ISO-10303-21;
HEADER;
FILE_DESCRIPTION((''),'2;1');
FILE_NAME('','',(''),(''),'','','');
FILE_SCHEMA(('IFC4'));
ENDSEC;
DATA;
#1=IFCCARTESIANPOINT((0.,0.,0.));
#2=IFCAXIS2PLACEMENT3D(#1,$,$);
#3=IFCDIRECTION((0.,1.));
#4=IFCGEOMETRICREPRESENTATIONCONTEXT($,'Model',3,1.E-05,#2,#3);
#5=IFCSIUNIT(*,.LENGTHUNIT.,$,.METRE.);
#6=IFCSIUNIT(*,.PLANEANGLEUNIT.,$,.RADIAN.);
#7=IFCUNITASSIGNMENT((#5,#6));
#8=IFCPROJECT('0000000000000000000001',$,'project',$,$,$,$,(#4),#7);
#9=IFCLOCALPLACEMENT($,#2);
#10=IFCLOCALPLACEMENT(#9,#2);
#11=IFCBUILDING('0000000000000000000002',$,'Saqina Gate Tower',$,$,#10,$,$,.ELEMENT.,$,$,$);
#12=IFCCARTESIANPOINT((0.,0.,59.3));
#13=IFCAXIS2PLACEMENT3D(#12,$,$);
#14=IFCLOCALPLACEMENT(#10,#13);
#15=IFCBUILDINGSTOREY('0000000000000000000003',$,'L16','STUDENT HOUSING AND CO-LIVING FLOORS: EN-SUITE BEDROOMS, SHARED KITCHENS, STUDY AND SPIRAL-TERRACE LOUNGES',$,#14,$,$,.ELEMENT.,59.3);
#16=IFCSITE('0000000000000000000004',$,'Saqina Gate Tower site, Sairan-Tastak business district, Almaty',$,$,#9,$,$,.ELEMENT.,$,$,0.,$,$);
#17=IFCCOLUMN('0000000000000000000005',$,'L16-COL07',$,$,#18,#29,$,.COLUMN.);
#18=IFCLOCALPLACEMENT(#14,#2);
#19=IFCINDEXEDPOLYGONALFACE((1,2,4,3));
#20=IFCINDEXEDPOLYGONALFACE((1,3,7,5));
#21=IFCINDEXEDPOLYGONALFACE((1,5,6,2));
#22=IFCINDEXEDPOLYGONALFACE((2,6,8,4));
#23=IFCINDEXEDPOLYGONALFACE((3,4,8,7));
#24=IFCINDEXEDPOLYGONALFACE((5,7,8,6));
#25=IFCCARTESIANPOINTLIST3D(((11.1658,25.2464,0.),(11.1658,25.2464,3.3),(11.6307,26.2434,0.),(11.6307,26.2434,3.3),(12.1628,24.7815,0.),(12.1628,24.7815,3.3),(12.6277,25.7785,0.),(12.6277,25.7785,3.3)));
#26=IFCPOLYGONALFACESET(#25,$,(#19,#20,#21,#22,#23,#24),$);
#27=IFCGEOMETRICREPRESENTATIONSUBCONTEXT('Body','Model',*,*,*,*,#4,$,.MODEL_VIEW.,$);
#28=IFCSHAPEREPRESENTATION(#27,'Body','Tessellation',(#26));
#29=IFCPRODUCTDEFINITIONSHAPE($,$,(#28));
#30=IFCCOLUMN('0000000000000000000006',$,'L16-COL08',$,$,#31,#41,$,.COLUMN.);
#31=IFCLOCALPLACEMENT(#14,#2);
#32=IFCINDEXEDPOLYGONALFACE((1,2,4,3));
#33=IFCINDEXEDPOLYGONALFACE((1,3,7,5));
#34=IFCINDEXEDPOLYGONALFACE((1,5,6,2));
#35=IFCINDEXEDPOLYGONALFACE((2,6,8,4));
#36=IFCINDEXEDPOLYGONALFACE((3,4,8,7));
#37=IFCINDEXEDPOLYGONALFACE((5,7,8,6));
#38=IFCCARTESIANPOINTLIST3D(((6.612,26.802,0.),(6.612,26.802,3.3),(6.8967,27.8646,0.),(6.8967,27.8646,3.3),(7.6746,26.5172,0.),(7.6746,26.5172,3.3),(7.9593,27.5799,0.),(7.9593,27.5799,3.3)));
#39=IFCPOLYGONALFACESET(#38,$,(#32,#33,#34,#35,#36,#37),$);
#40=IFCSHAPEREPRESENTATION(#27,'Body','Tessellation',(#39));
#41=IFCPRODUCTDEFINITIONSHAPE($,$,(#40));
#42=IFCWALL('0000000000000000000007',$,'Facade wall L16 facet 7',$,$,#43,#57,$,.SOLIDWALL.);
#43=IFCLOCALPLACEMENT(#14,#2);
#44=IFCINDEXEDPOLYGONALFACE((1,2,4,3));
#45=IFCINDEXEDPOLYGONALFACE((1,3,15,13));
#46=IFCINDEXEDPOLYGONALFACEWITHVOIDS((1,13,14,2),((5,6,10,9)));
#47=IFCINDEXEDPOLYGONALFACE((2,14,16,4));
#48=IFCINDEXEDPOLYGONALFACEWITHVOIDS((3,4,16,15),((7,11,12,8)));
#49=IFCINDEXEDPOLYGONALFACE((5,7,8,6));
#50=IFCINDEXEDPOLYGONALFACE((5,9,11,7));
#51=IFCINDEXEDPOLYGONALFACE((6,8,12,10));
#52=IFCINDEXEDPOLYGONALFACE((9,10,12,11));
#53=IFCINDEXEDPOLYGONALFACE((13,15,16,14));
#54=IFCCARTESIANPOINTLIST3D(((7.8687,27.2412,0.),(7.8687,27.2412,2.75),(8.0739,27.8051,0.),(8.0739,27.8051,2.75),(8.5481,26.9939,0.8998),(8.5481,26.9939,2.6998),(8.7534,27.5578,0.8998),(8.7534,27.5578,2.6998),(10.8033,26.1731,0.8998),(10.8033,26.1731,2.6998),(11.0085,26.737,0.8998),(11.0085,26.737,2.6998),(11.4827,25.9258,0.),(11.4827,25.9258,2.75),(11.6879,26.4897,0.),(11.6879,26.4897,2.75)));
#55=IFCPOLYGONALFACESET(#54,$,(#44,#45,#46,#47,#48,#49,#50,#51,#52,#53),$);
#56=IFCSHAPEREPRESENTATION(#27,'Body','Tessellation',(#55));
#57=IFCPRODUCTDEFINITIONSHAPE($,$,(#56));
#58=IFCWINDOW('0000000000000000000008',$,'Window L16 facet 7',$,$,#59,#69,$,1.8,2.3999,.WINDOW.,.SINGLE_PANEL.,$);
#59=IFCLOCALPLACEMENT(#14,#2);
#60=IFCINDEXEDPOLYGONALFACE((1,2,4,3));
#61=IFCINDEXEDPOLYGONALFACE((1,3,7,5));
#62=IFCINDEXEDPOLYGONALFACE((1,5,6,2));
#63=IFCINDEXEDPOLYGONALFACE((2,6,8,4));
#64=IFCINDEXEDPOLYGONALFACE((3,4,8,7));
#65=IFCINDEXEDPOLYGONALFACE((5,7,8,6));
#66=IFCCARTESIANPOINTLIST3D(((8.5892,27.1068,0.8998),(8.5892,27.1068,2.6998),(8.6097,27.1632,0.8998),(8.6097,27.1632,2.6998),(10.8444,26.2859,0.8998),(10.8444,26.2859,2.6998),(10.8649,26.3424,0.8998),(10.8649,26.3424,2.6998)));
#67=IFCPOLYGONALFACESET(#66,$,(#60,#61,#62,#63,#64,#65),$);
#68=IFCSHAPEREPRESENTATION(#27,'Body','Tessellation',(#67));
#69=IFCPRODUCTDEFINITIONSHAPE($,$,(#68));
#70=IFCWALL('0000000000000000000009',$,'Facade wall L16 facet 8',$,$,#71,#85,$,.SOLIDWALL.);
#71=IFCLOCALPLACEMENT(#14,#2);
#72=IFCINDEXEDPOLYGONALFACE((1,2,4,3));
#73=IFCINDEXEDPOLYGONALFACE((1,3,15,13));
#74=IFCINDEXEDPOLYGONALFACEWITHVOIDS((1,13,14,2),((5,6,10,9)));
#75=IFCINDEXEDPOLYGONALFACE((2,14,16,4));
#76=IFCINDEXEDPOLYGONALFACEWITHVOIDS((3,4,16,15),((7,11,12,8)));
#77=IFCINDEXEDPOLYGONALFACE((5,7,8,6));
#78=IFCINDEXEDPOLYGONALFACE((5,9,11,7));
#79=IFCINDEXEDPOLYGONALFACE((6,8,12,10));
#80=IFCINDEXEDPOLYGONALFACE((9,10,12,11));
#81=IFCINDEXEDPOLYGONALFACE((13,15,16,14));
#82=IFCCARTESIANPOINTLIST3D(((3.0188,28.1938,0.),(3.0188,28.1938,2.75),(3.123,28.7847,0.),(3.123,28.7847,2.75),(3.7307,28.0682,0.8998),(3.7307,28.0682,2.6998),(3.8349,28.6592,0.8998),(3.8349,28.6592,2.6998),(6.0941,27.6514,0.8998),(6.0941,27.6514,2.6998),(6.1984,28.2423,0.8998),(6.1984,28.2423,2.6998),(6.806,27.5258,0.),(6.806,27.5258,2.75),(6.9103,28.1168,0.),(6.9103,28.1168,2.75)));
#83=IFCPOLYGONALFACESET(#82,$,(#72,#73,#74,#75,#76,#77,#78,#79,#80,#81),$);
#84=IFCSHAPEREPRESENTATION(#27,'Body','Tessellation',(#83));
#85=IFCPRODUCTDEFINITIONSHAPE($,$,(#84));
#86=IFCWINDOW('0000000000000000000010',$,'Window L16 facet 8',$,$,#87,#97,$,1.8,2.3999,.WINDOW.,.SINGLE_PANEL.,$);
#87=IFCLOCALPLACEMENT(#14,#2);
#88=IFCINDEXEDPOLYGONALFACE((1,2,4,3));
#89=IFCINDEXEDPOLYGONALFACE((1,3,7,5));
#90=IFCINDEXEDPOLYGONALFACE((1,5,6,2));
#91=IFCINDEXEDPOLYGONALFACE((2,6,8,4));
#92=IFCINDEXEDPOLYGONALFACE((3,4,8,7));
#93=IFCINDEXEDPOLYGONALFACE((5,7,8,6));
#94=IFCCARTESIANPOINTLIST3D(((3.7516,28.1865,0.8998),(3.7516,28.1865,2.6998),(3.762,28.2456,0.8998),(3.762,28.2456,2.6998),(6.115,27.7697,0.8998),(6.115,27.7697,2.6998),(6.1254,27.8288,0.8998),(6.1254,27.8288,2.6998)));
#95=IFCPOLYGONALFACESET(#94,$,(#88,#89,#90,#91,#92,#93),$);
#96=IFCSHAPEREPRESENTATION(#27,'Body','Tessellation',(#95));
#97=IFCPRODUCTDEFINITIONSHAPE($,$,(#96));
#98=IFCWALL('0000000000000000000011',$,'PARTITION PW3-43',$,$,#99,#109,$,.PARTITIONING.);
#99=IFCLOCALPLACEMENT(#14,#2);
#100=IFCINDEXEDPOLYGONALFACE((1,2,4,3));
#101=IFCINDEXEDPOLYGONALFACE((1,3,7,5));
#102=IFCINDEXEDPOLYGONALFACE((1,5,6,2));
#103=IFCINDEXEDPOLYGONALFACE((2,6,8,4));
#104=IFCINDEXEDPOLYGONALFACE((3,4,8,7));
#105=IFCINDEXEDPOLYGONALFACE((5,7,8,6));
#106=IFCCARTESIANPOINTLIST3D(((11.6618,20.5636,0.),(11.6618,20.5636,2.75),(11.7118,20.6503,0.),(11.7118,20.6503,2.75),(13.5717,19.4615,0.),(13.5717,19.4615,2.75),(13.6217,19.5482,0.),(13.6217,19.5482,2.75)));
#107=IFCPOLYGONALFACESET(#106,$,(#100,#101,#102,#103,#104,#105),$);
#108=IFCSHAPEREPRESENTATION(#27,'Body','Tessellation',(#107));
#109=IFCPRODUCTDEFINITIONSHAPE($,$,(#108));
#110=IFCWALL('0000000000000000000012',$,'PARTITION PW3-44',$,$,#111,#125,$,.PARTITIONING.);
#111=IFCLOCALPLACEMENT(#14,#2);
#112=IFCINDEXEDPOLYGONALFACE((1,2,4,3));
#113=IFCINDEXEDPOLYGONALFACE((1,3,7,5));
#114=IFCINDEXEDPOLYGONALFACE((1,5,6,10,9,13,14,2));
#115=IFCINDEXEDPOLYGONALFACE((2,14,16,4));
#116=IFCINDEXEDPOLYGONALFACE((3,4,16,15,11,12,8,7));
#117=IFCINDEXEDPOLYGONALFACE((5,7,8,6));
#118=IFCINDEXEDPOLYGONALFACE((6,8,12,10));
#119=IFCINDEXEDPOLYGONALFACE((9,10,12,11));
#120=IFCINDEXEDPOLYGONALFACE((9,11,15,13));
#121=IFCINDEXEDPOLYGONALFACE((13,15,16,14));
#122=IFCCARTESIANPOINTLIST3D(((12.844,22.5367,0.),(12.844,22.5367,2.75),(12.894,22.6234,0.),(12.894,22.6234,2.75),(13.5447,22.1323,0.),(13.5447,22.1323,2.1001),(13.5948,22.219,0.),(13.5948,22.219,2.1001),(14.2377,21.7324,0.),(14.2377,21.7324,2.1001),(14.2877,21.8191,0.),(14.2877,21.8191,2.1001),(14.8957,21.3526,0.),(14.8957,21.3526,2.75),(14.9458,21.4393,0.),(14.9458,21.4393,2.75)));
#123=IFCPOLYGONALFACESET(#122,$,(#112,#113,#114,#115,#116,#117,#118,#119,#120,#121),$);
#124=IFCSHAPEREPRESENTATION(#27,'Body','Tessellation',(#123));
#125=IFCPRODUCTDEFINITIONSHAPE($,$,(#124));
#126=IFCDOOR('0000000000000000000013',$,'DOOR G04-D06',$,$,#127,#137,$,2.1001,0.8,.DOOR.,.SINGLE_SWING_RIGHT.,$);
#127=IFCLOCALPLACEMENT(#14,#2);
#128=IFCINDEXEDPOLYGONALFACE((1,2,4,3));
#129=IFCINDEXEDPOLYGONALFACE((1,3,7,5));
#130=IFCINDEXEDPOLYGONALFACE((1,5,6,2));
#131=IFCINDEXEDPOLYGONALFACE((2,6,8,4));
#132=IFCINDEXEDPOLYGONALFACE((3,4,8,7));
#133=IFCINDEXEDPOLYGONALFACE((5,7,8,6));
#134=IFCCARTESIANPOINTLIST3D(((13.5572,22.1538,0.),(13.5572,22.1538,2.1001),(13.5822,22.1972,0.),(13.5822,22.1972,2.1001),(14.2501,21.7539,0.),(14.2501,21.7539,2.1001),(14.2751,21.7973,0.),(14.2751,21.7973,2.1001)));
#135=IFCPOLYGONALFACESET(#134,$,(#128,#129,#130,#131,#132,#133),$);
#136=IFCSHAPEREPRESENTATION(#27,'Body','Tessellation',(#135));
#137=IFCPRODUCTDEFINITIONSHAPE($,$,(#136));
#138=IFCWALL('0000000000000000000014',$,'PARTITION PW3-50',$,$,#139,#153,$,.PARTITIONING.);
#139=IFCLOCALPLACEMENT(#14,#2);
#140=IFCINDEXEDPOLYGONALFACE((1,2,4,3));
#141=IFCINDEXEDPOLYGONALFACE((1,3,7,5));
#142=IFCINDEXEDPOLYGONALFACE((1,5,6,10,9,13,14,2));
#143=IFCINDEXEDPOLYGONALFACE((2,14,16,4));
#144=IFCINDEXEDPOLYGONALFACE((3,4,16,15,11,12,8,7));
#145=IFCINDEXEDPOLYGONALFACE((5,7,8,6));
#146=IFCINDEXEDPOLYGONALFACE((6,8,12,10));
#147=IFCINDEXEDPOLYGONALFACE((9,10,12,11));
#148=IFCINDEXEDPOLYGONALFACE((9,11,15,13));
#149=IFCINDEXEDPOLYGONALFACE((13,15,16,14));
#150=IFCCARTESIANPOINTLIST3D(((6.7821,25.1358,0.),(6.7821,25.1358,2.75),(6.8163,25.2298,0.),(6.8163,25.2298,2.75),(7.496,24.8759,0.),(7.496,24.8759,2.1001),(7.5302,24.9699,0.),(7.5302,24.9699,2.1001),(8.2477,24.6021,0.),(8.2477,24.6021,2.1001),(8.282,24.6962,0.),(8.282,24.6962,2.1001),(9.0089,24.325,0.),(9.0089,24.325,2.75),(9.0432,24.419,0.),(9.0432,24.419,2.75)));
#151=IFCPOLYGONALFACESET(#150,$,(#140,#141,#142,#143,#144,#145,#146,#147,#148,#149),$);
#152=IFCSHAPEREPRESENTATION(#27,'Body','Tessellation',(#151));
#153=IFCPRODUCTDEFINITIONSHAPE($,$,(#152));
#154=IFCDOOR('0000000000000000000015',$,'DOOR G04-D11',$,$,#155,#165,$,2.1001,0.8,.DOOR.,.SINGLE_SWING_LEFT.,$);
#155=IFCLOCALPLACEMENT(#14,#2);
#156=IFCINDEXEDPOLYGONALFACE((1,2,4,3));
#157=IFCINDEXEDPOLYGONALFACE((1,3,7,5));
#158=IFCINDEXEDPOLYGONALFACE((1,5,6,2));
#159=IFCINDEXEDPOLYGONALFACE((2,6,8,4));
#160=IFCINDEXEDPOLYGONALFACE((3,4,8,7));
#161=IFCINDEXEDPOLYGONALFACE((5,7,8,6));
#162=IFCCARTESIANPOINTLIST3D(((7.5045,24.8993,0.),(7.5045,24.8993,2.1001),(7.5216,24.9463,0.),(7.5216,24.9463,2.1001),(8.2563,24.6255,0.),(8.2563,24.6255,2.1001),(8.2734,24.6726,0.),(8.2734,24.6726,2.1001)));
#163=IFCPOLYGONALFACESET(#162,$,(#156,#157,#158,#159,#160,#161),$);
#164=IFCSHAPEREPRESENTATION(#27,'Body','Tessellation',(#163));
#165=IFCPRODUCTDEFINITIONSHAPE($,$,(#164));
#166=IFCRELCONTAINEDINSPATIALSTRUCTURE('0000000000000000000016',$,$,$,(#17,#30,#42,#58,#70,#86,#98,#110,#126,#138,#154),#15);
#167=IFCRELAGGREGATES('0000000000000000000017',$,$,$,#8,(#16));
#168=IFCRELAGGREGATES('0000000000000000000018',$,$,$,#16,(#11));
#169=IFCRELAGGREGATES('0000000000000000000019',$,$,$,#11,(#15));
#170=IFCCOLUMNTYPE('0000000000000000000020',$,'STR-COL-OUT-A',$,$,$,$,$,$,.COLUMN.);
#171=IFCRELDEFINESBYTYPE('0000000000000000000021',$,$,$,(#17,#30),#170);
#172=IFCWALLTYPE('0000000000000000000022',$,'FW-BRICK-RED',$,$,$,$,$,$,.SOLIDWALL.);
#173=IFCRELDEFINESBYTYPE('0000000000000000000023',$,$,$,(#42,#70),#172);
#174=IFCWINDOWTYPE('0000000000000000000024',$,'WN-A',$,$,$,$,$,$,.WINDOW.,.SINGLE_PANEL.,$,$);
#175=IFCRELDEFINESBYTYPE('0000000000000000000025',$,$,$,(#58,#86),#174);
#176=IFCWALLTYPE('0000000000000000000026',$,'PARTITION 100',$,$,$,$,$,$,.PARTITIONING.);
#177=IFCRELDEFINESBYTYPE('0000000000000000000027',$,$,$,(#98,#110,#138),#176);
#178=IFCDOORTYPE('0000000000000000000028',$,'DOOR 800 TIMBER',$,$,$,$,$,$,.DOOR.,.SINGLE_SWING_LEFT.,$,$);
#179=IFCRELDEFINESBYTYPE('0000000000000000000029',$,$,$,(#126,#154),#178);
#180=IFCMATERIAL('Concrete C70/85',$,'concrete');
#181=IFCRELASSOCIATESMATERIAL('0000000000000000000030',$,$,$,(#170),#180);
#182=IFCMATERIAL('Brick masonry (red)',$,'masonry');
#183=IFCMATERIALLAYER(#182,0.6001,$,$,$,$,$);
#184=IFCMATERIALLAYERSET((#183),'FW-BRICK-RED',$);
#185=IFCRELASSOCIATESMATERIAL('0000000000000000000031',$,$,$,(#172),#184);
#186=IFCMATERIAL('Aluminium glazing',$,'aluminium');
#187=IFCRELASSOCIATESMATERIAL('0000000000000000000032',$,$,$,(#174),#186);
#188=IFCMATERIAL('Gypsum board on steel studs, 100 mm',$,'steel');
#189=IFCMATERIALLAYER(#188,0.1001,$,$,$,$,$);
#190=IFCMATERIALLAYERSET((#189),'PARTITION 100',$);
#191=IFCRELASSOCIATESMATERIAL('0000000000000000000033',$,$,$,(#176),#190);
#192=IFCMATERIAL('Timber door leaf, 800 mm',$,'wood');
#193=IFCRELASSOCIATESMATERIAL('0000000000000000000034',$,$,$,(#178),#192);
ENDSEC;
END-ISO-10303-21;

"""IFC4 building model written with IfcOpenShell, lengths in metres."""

from ifc_helpers import new_model, si_unit, direction, frame, frame_2d, origin, origin_2d, place, context, subcontext, project, spatial, rectangle, extrude, material, layer, layer_set, material_profile, profile_set, type_object, element, fill, save


model = new_model("IFC4")

# Units and contexts
model_context = context("Model", 3, precision=1e-05, world=origin(), true_north=direction((0.0, 1.0)))
body_context = subcontext(model_context, "Body", "Model", "MODEL_VIEW")
ifc_project = project(units=[si_unit("LENGTHUNIT", "METRE"), si_unit("PLANEANGLEUNIT", "RADIAN")], contexts=[model_context])

# Site, building, storey
site_placement = place(None, origin())
site = spatial("IfcSite", under=ifc_project, at=site_placement, Name="Saqina Gate Tower site, Sairan-Tastak business district, Almaty", CompositionType="ELEMENT", RefElevation=0.0)
building_placement = place(site_placement, origin())
building = spatial("IfcBuilding", under=site, at=building_placement, Name="Saqina Gate Tower", CompositionType="ELEMENT")
storey_placement = place(building_placement, frame((0.0, 0.0, 59.3)))
storey = spatial("IfcBuildingStorey", under=building, at=storey_placement, Name="L16", Description="STUDENT HOUSING AND CO-LIVING FLOORS: EN-SUITE BEDROOMS, SHARED KITCHENS, STUDY AND SPIRAL-TERRACE LOUNGES", CompositionType="ELEMENT", Elevation=59.3)

# Columns
ifc_material_1 = material(Name="Concrete C70/85", Category="concrete")
ifc_material_profile = material_profile(ifc_material_1, rectangle(XDim=1.1001, YDim=1.1001, at=origin_2d()), Name="RC 1100x1100")
ifc_profile_set = profile_set([ifc_material_profile], Name="Concrete C70/85")
column_type = type_object("IfcColumnType", Name="STR-COL-OUT-A", PredefinedType="COLUMN", material=ifc_profile_set)
for number, where, z_axis, x_axis, name in (
    (1, (11.8967, 25.5125, 0.0), (0.0, 0.0, 1.0), (0.422618, 0.906308, 0.0), "L16-COL07"),
    (2, (7.2856, 27.1909, 0.0), (0.0, 0.0, 1.0), (0.258819, 0.965926, 0.0), "L16-COL08"),
):
    element("IfcColumn", number, at=place(storey_placement, frame(where, z_axis=z_axis, x_axis=x_axis)), inside=storey, type_object=column_type, Name=name, PredefinedType="COLUMN", context=body_context, shape_type="SweptSolid", body=[
        extrude(rectangle(XDim=1.1001, YDim=1.1001, at=origin_2d()), origin(), (0.0, 0.0, 1.0), 3.3),
    ])

# Walls, openings, windows
ifc_material_2 = material(Name="Brick masonry (red)", Category="masonry")
ifc_layer_1 = layer(ifc_material_2, 0.6001)
ifc_layer_set_1 = layer_set([ifc_layer_1], Name="FW-BRICK-RED")
wall_type_1 = type_object("IfcWallType", Name="FW-BRICK-RED", PredefinedType="SOLIDWALL", material=ifc_layer_set_1)
wall_1_placement = place(storey_placement, frame((11.5852, 26.2078, 0.0), z_axis=(0.0, 0.0, 1.0), x_axis=(-0.93969, 0.342028, 0.0)))
wall_1 = element("IfcWall", 3, at=wall_1_placement, inside=storey, type_object=wall_type_1, Name="Facade wall L16 facet 7", PredefinedType="SOLIDWALL", context=body_context, shape_type="SweptSolid", body=[
    extrude(rectangle(XDim=3.8459, YDim=0.6001, at=frame_2d((1.9229, 0.0))), origin(), (0.0, 0.0, 1.0), 2.75),
])
opening_1_placement = place(wall_1_placement, frame((0.7229, 0.0, 0.8999)))
opening_1 = element("IfcOpeningElement", 4, at=opening_1_placement, cuts=wall_1, PredefinedType="OPENING", context=body_context, shape_type="SweptSolid", body=[
    extrude(rectangle(XDim=2.3999, YDim=1.8, at=frame_2d((1.2, 0.8999))), frame((0.0, 0.312, 0.0), z_axis=(0.0, -1.0, 0.0), x_axis=(1.0, 0.0, 0.0)), (0.0, 0.0, 1.0), 0.624),
])
ifc_material_3 = material(Name="Aluminium glazing", Category="aluminium")
window_type = type_object("IfcWindowType", Name="WN-A", PartitioningType="SINGLE_PANEL", PredefinedType="WINDOW", material=ifc_material_3)
window_1_placement = place(opening_1_placement, origin())
window_1 = element("IfcWindow", 5, at=window_1_placement, inside=storey, type_object=window_type, Name="Window L16 facet 7", OverallHeight=1.8, OverallWidth=2.3999, PartitioningType="SINGLE_PANEL", PredefinedType="WINDOW", context=body_context, shape_type="SweptSolid", body=[
    extrude(rectangle(XDim=2.3999, YDim=1.8, at=frame_2d((1.2, 0.8999))), frame((0.0, 0.1799, 0.0), z_axis=(0.0, -1.0, 0.0), x_axis=(1.0, 0.0, 0.0)), (0.0, 0.0, 1.0), 0.0601),
])
fill(opening_1, window_1)
wall_2_placement = place(storey_placement, frame((6.8582, 27.8213, 0.0), z_axis=(0.0, 0.0, 1.0), x_axis=(-0.984801, 0.173688, 0.0)))
wall_2 = element("IfcWall", 6, at=wall_2_placement, inside=storey, type_object=wall_type_1, Name="Facade wall L16 facet 8", PredefinedType="SOLIDWALL", context=body_context, shape_type="SweptSolid", body=[
    extrude(rectangle(XDim=3.8457, YDim=0.6001, at=frame_2d((1.9229, 0.0))), origin(), (0.0, 0.0, 1.0), 2.75),
])
opening_2_placement = place(wall_2_placement, frame((0.7229, 0.0, 0.8999)))
opening_2 = element("IfcOpeningElement", 7, at=opening_2_placement, cuts=wall_2, PredefinedType="OPENING", context=body_context, shape_type="SweptSolid", body=[
    extrude(rectangle(XDim=2.3999, YDim=1.8, at=frame_2d((1.2, 0.8999))), frame((0.0, 0.312, 0.0), z_axis=(0.0, -1.0, 0.0), x_axis=(1.0, 0.0, 0.0)), (0.0, 0.0, 1.0), 0.624),
])
window_2_placement = place(opening_2_placement, origin())
window_2 = element("IfcWindow", 8, at=window_2_placement, inside=storey, type_object=window_type, Name="Window L16 facet 8", OverallHeight=1.8, OverallWidth=2.3999, PartitioningType="SINGLE_PANEL", PredefinedType="WINDOW", context=body_context, shape_type="SweptSolid", body=[
    extrude(rectangle(XDim=2.3999, YDim=1.8, at=frame_2d((1.2, 0.8999))), frame((0.0, 0.1799, 0.0), z_axis=(0.0, -1.0, 0.0), x_axis=(1.0, 0.0, 0.0)), (0.0, 0.0, 1.0), 0.0601),
])
fill(opening_2, window_2)

# Wall
ifc_material_4 = material(Name="Gypsum board on steel studs, 100 mm", Category="steel")
ifc_layer_2 = layer(ifc_material_4, 0.1001)
ifc_layer_set_2 = layer_set([ifc_layer_2], Name="PARTITION 100")
wall_type_2 = type_object("IfcWallType", Name="PARTITION 100", PredefinedType="PARTITIONING", material=ifc_layer_set_2)
wall_3_placement = place(storey_placement, frame((11.6868, 20.6069, 0.0), z_axis=(0.0, 0.0, 1.0), x_axis=(0.866151, -0.499783, 0.0)))
element("IfcWall", 9, at=wall_3_placement, inside=storey, type_object=wall_type_2, Name="PARTITION PW3-43", PredefinedType="PARTITIONING", context=body_context, shape_type="SweptSolid", body=[
    extrude(rectangle(XDim=2.2051, YDim=0.1001, at=frame_2d((1.1025, 0.0))), origin(), (0.0, 0.0, 1.0), 2.75),
])

# Walls, openings, doors
wall_4_placement = place(storey_placement, frame((12.8689, 22.5801, 0.0), z_axis=(0.0, 0.0, 1.0), x_axis=(0.866117, -0.499841, 0.0)))
wall_4 = element("IfcWall", 10, at=wall_4_placement, inside=storey, type_object=wall_type_2, Name="PARTITION PW3-44", PredefinedType="PARTITIONING", context=body_context, shape_type="SweptSolid", body=[
    extrude(rectangle(XDim=2.3689, YDim=0.1001, at=frame_2d((1.1846, 0.0))), origin(), (0.0, 0.0, 1.0), 2.75),
])
opening_3_placement = place(wall_4_placement, frame((0.8093, 0.0, 0.0)))
opening_3 = element("IfcOpeningElement", 11, at=opening_3_placement, cuts=wall_4, PredefinedType="OPENING", context=body_context, shape_type="SweptSolid", body=[
    extrude(rectangle(XDim=0.8, YDim=2.1001, at=frame_2d((0.3999, 1.05))), frame((0.0, 0.062, 0.0), z_axis=(0.0, -1.0, 0.0), x_axis=(1.0, 0.0, 0.0)), (0.0, 0.0, 1.0), 0.124),
])
ifc_material_5 = material(Name="Timber door leaf, 800 mm", Category="wood")
door_type_1 = type_object("IfcDoorType", Name="DOOR 800 TIMBER", OperationType="SINGLE_SWING_LEFT", PredefinedType="DOOR", material=ifc_material_5)
door_1_placement = place(opening_3_placement, origin())
door_1 = element("IfcDoor", 12, at=door_1_placement, inside=storey, type_object=door_type_1, Name="DOOR G04-D06", OperationType="SINGLE_SWING_RIGHT", OverallHeight=2.1001, OverallWidth=0.8, PredefinedType="DOOR", context=body_context, shape_type="SweptSolid", body=[
    extrude(rectangle(XDim=0.8, YDim=2.1001, at=frame_2d((0.3999, 1.05))), frame((0.0, 0.0249, 0.0), z_axis=(0.0, -1.0, 0.0), x_axis=(1.0, 0.0, 0.0)), (0.0, 0.0, 1.0), 0.05),
])
fill(opening_3, door_1)
wall_5_placement = place(storey_placement, frame((6.7991, 25.1829, 0.0), z_axis=(0.0, 0.0, 1.0), x_axis=(0.939652, -0.342132, 0.0)))
wall_5 = element("IfcWall", 13, at=wall_5_placement, inside=storey, type_object=wall_type_2, Name="PARTITION PW3-50", PredefinedType="PARTITIONING", context=body_context, shape_type="SweptSolid", body=[
    extrude(rectangle(XDim=2.3699, YDim=0.1001, at=frame_2d((1.1851, 0.0))), origin(), (0.0, 0.0, 1.0), 2.75),
])
opening_4_placement = place(wall_5_placement, frame((0.76, 0.0, 0.0)))
opening_4 = element("IfcOpeningElement", 14, at=opening_4_placement, cuts=wall_5, PredefinedType="OPENING", context=body_context, shape_type="SweptSolid", body=[
    extrude(rectangle(XDim=0.8, YDim=2.1001, at=frame_2d((0.3999, 1.05))), frame((0.0, 0.062, 0.0), z_axis=(0.0, -1.0, 0.0), x_axis=(1.0, 0.0, 0.0)), (0.0, 0.0, 1.0), 0.124),
])
door_2_placement = place(opening_4_placement, origin())
door_2 = element("IfcDoor", 15, at=door_2_placement, inside=storey, type_object=door_type_1, Name="DOOR G04-D11", OperationType="SINGLE_SWING_LEFT", OverallHeight=2.1001, OverallWidth=0.8, PredefinedType="DOOR", context=body_context, shape_type="SweptSolid", body=[
    extrude(rectangle(XDim=0.8, YDim=2.1001, at=frame_2d((0.3999, 1.05))), frame((0.0, 0.0249, 0.0), z_axis=(0.0, -1.0, 0.0), x_axis=(1.0, 0.0, 0.0)), (0.0, 0.0, 1.0), 0.05),
])
fill(opening_4, door_2)

save(model, "model.ifc")
